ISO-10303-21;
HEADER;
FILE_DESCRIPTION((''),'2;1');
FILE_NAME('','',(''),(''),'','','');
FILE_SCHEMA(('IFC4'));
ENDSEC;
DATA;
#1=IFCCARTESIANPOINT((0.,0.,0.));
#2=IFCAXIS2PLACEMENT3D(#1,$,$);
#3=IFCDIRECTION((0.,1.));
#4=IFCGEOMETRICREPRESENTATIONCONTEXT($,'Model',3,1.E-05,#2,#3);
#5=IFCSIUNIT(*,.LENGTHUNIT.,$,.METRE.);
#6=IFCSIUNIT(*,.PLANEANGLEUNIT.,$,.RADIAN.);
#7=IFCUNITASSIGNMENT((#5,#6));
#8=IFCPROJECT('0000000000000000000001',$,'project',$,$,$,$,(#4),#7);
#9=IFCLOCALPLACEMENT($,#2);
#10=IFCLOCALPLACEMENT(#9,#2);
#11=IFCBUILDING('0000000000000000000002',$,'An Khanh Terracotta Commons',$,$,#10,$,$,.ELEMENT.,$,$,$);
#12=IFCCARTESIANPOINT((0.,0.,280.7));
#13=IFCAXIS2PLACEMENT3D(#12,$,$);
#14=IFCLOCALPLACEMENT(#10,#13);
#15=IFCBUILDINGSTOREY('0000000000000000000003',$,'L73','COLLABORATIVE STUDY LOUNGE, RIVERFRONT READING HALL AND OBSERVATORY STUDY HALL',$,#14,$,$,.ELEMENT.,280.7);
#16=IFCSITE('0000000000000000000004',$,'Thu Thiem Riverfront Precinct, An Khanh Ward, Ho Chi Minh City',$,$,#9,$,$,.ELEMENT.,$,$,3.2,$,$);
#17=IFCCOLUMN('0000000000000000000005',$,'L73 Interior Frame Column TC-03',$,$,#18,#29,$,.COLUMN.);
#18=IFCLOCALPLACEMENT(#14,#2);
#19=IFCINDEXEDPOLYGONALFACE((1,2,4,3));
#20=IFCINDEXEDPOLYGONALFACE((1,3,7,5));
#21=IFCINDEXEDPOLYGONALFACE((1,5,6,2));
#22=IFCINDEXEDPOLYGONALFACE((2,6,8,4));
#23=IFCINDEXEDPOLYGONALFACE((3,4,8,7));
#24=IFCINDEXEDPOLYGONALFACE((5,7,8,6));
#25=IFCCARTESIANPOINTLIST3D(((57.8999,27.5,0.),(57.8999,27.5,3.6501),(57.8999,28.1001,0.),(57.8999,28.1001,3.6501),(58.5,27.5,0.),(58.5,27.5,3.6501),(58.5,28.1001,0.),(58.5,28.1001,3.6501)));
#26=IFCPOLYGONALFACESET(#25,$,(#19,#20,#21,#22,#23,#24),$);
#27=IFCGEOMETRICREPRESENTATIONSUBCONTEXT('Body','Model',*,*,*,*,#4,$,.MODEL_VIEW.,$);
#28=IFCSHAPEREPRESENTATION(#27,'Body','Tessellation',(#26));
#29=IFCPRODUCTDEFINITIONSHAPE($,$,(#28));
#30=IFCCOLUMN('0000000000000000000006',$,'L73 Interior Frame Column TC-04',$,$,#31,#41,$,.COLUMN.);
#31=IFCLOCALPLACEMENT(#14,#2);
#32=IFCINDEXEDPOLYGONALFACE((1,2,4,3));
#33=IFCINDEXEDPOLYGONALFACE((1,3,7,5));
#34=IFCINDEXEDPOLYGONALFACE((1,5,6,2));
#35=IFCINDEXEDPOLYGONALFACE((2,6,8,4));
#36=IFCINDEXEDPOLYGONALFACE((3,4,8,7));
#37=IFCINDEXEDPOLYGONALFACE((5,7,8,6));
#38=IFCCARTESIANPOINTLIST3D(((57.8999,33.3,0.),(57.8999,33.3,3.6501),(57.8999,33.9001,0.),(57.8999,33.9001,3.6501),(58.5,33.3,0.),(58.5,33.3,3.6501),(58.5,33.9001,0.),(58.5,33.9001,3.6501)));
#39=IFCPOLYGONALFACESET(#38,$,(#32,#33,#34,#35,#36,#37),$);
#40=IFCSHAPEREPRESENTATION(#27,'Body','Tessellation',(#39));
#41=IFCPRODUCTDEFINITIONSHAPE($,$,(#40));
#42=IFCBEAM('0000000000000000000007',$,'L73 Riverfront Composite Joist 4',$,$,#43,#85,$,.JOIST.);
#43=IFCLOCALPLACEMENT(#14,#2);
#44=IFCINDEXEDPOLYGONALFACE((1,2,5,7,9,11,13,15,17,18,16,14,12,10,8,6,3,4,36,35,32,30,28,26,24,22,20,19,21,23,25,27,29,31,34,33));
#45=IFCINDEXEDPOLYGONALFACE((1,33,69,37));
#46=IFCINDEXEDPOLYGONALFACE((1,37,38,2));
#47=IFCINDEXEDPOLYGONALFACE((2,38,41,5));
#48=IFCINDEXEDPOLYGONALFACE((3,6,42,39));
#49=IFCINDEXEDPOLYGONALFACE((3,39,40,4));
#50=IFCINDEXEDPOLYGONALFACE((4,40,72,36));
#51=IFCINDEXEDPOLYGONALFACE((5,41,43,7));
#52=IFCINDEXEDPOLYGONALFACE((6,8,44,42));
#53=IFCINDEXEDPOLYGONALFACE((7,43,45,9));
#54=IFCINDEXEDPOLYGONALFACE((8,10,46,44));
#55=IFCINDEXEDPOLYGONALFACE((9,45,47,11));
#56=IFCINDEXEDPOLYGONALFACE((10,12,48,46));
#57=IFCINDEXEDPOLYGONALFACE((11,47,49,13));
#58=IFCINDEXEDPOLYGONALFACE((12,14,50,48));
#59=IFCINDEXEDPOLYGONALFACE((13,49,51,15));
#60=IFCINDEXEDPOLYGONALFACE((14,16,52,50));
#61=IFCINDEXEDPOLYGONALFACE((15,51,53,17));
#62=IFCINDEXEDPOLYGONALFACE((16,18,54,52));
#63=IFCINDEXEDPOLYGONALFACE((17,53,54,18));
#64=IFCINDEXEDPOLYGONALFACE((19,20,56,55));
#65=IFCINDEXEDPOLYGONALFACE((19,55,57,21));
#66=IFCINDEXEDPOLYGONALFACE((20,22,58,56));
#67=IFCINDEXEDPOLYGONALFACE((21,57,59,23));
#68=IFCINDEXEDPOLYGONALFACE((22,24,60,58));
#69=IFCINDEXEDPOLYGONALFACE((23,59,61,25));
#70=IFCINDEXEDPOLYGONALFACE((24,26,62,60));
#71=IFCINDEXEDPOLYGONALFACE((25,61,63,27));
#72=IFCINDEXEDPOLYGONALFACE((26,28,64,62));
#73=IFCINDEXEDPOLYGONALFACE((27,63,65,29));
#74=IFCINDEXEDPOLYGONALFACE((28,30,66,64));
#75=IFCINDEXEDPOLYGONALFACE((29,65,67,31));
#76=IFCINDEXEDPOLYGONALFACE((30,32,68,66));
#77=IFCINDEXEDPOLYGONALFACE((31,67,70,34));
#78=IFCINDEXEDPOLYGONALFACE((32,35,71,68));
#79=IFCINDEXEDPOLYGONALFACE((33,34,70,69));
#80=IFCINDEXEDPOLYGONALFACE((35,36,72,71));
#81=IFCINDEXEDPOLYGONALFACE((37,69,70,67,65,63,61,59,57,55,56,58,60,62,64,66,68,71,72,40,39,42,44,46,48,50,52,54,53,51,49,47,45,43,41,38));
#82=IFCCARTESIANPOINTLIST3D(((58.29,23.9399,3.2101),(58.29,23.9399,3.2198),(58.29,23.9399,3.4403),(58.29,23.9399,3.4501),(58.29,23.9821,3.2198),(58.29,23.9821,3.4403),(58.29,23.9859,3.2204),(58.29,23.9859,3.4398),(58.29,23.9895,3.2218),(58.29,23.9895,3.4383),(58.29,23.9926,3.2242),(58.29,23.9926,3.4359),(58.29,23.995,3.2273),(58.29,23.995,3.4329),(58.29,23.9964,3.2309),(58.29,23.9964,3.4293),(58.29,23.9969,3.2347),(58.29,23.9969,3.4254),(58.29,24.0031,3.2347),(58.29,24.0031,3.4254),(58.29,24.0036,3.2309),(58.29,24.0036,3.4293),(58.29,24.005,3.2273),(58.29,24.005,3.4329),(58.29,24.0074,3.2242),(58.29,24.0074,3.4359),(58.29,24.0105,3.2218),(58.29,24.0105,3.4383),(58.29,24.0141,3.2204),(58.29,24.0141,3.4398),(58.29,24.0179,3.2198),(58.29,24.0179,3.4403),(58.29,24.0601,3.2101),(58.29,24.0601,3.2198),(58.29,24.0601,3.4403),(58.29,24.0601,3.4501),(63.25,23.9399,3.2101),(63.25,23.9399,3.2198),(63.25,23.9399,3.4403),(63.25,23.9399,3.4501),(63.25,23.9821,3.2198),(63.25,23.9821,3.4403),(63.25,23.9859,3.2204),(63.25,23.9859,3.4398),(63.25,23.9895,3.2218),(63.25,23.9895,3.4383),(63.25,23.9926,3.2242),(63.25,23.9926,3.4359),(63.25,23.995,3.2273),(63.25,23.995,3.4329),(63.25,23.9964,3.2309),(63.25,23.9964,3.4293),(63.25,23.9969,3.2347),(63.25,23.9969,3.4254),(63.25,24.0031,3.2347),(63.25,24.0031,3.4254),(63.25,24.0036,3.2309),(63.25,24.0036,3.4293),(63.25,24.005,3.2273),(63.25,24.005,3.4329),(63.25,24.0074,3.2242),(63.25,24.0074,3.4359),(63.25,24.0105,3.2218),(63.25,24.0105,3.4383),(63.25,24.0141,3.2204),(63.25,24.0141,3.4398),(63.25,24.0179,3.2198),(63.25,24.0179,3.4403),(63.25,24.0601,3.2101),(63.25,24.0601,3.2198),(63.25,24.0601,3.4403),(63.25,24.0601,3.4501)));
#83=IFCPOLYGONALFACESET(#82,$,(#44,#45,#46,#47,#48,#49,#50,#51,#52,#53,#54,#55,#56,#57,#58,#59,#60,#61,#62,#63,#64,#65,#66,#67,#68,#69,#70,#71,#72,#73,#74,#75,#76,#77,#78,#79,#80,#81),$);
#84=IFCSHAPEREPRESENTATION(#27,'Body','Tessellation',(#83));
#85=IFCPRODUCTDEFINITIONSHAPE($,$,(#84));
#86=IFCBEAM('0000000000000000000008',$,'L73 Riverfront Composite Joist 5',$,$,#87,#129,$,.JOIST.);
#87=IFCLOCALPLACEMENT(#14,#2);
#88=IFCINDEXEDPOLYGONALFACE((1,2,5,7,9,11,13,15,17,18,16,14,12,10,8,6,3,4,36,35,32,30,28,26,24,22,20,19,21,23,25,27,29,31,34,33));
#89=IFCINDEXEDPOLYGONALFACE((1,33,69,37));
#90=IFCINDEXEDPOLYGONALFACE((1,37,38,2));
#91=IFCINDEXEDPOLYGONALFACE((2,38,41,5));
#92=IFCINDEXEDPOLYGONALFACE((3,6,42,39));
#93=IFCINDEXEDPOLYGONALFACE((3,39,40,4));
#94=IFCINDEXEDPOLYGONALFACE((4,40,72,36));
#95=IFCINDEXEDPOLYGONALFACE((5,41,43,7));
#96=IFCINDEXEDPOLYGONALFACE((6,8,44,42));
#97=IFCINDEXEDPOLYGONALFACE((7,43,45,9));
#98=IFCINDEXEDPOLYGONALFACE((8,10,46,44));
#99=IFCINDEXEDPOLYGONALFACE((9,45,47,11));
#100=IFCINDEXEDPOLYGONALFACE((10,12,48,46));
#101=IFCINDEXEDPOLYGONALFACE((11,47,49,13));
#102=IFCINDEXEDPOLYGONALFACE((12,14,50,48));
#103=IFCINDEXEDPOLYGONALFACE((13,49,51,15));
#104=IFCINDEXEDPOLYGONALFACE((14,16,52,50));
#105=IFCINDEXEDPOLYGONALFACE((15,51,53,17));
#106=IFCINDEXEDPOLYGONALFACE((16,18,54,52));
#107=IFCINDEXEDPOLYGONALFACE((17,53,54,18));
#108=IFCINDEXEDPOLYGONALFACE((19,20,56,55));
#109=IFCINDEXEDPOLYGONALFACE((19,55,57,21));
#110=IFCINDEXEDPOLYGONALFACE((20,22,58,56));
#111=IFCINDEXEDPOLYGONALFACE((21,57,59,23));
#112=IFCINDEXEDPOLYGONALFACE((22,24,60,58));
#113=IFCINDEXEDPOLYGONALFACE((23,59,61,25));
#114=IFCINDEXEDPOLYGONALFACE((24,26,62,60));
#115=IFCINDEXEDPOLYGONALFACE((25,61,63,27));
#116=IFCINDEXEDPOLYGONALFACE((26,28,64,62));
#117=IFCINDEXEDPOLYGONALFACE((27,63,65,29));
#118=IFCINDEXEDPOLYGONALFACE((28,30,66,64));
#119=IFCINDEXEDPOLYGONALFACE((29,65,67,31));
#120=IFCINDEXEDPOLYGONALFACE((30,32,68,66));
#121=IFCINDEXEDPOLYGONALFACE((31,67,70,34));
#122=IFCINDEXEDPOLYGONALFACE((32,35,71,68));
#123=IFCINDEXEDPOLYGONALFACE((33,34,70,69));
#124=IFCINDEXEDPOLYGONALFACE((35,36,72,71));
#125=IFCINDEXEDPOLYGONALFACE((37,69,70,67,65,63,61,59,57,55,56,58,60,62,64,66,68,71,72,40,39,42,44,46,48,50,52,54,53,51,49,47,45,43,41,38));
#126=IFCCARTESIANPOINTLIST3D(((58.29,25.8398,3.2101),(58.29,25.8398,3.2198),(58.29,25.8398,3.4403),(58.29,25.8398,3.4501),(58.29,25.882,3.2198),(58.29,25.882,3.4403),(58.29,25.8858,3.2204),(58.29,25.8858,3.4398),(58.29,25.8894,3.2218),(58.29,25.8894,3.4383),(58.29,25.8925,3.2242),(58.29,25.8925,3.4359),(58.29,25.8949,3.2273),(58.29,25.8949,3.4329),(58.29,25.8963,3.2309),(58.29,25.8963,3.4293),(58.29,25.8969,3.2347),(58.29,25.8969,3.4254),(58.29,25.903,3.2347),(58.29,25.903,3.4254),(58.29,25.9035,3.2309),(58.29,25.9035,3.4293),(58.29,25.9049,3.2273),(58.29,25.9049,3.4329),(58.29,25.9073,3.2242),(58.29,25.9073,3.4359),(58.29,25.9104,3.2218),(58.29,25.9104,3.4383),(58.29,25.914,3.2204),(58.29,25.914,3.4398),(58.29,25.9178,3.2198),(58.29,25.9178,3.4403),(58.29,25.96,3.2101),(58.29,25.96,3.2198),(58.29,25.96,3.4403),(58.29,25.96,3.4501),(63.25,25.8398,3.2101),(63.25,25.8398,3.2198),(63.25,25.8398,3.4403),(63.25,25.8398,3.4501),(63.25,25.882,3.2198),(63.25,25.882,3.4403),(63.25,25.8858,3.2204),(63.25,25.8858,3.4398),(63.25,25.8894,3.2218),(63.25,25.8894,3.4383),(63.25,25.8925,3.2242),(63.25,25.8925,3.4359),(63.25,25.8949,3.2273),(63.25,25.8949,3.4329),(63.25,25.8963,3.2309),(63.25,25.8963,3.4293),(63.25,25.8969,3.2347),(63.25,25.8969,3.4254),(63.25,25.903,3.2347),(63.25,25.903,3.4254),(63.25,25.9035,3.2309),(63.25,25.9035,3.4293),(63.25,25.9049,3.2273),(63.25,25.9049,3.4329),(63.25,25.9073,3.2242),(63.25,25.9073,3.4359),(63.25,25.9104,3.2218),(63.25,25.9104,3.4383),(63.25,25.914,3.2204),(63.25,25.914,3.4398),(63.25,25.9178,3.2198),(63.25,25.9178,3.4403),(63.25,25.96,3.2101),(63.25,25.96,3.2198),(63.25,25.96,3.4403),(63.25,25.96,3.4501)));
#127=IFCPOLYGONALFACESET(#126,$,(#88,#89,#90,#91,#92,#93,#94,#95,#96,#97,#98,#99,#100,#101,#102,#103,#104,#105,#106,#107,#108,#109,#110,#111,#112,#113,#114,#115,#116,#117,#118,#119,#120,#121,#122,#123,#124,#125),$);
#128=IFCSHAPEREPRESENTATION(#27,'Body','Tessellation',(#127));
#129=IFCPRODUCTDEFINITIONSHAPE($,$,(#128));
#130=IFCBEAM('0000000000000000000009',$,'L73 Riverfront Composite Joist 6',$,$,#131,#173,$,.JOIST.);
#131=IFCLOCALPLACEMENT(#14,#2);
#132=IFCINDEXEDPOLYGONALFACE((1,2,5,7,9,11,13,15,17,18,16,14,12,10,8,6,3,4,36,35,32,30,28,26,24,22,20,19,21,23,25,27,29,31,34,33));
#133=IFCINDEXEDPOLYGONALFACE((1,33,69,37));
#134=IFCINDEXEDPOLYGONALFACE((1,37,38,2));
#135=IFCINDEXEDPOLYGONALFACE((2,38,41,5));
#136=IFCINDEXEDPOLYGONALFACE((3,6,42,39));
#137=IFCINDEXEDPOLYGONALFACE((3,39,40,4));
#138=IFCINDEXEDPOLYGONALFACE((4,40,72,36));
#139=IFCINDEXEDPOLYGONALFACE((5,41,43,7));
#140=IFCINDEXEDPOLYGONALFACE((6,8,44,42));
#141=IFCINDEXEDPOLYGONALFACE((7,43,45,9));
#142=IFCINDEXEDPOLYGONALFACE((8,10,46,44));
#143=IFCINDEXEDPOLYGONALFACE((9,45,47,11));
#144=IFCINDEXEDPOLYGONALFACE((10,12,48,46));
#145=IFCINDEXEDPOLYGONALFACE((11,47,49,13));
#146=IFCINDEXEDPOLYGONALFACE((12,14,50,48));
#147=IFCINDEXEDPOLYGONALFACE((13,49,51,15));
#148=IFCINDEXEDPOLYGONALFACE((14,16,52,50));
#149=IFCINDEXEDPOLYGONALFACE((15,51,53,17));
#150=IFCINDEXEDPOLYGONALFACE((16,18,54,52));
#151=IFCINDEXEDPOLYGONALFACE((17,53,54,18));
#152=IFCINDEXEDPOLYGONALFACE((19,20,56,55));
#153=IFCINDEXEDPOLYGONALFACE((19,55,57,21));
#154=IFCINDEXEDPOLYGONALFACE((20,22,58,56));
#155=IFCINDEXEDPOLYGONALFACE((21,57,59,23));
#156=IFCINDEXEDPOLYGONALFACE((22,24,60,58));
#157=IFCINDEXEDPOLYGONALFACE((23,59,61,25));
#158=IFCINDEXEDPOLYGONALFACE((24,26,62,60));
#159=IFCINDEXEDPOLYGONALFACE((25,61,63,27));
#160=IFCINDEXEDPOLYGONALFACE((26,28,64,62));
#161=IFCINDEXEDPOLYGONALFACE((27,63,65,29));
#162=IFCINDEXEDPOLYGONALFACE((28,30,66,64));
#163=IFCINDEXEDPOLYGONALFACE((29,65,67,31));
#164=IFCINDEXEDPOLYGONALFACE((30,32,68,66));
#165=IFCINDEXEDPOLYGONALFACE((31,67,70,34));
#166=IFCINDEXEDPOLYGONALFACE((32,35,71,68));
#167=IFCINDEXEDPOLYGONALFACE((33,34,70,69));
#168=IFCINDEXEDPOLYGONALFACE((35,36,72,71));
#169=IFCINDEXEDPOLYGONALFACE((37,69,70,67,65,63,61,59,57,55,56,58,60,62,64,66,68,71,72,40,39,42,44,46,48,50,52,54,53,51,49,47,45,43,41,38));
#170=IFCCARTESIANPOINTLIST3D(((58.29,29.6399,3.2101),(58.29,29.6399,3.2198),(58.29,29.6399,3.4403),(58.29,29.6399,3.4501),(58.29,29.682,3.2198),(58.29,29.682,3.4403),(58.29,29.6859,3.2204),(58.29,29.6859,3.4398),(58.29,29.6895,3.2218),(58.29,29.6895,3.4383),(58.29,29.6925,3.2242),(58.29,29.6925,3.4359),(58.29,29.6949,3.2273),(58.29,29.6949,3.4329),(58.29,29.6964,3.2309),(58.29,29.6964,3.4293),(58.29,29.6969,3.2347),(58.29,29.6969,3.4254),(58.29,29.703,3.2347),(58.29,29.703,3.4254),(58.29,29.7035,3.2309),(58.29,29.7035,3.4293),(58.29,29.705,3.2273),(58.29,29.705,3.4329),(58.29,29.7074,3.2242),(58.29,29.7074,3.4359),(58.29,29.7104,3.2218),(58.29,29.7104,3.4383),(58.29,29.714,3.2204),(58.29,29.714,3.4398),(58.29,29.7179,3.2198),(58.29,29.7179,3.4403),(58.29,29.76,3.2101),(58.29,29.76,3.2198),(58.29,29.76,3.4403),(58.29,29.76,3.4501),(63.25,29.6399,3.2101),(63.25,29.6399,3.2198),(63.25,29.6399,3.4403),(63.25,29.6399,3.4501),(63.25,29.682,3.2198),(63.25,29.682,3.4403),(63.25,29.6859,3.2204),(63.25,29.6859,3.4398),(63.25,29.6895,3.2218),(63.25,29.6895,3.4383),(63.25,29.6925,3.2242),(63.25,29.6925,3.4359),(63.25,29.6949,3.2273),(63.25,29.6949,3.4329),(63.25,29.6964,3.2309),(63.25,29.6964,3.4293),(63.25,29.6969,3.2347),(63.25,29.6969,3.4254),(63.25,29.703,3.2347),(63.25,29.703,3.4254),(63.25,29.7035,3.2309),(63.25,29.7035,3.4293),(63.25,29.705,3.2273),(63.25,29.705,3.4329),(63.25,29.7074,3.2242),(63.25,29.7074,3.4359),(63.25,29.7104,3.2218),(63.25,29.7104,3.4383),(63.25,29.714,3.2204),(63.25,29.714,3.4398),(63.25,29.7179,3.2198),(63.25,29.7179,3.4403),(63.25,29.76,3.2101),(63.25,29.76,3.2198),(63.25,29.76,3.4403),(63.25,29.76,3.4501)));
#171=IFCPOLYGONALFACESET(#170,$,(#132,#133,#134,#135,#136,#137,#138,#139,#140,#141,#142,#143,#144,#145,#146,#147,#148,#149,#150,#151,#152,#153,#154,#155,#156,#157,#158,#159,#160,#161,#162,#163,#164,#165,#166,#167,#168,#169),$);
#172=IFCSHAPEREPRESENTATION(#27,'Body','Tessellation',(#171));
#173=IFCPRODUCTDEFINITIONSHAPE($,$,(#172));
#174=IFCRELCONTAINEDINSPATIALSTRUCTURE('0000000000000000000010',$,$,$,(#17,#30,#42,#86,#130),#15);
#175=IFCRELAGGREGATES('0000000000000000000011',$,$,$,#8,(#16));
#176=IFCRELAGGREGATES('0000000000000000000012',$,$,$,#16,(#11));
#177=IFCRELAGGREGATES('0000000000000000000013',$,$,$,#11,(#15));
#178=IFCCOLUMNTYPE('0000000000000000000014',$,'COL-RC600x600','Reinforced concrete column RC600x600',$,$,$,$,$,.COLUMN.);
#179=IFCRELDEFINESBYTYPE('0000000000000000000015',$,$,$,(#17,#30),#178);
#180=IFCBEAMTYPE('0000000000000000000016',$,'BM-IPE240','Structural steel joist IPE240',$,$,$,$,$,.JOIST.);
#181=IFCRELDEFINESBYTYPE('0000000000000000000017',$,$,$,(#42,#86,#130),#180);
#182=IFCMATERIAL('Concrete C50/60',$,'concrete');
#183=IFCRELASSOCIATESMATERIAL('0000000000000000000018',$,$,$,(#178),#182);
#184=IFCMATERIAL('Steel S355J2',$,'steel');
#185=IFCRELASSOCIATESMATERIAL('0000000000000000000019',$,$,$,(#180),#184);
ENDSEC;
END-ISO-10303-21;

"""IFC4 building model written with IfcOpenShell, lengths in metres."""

from ifc_helpers import new_model, si_unit, direction, frame, origin, origin_2d, place, context, subcontext, project, spatial, rectangle, i_section, extrude, material, material_profile, profile_set, type_object, element, save


model = new_model("IFC4")

# Units and contexts
model_context = context("Model", 3, precision=1e-05, world=origin(), true_north=direction((0.0, 1.0)))
body_context = subcontext(model_context, "Body", "Model", "MODEL_VIEW")
ifc_project = project(units=[si_unit("LENGTHUNIT", "METRE"), si_unit("PLANEANGLEUNIT", "RADIAN")], contexts=[model_context])

# Site, building, storey
site_placement = place(None, origin())
site = spatial("IfcSite", under=ifc_project, at=site_placement, Name="Thu Thiem Riverfront Precinct, An Khanh Ward, Ho Chi Minh City", CompositionType="ELEMENT", RefElevation=3.2)
building_placement = place(site_placement, origin())
building = spatial("IfcBuilding", under=site, at=building_placement, Name="An Khanh Terracotta Commons", CompositionType="ELEMENT")
storey_placement = place(building_placement, frame((0.0, 0.0, 280.7)))
storey = spatial("IfcBuildingStorey", under=building, at=storey_placement, Name="L73", Description="COLLABORATIVE STUDY LOUNGE, RIVERFRONT READING HALL AND OBSERVATORY STUDY HALL", CompositionType="ELEMENT", Elevation=280.7)

# Columns
ifc_material_1 = material(Name="Concrete C50/60", Category="concrete")
ifc_material_profile_1 = material_profile(ifc_material_1, rectangle(XDim=0.6001, YDim=0.6001, at=origin_2d()), Name="RC600x600")
ifc_profile_set_1 = profile_set([ifc_material_profile_1], Name="Concrete C50/60")
column_type = type_object("IfcColumnType", Name="COL-RC600x600", Description="Reinforced concrete column RC600x600", PredefinedType="COLUMN", material=ifc_profile_set_1)
for number, where, z_axis, x_axis, name in (
    (1, (58.2, 27.8, 0.0), (0.0, 0.0, 1.0), (1.0, 0.0, 0.0), "L73 Interior Frame Column TC-03"),
    (2, (58.2, 33.6001, 0.0), (0.0, 0.0, 1.0), (1.0, 0.0, 0.0), "L73 Interior Frame Column TC-04"),
):
    element("IfcColumn", number, at=place(storey_placement, frame(where, z_axis=z_axis, x_axis=x_axis)), inside=storey, type_object=column_type, Name=name, PredefinedType="COLUMN", context=body_context, shape_type="SweptSolid", body=[
        extrude(rectangle(XDim=0.6001, YDim=0.6001, at=origin_2d()), origin(), (0.0, 0.0, 1.0), 3.6501),
    ])

# Beams
ifc_material_2 = material(Name="Steel S355J2", Category="steel")
ifc_material_profile_2 = material_profile(ifc_material_2, i_section(OverallWidth=0.1201, OverallDepth=0.24, WebThickness=0.0061, FlangeThickness=0.0098, FilletRadius=0.0149, at=origin_2d()), Name="IPE240")
ifc_profile_set_2 = profile_set([ifc_material_profile_2], Name="Steel S355J2")
beam_type_1 = type_object("IfcBeamType", Name="BM-IPE240", Description="Structural steel joist IPE240", PredefinedType="JOIST", material=ifc_profile_set_2)
for number, where, z_axis, x_axis, name in (
    (3, (58.29, 24.0, 3.3301), (1.0, 0.0, 0.0), (0.0, 1.0, 0.0), "L73 Riverfront Composite Joist 4"),
    (4, (58.29, 25.8999, 3.3301), (1.0, 0.0, 0.0), (0.0, 1.0, 0.0), "L73 Riverfront Composite Joist 5"),
    (5, (58.29, 29.7, 3.3301), (1.0, 0.0, 0.0), (0.0, 1.0, 0.0), "L73 Riverfront Composite Joist 6"),
):
    element("IfcBeam", number, at=place(storey_placement, frame(where, z_axis=z_axis, x_axis=x_axis)), inside=storey, type_object=beam_type_1, Name=name, PredefinedType="JOIST", context=body_context, shape_type="SweptSolid", body=[
        extrude(i_section(OverallWidth=0.1201, OverallDepth=0.24, WebThickness=0.0061, FlangeThickness=0.0098, FilletRadius=0.0149, at=origin_2d()), origin(), (0.0, 0.0, 1.0), 4.96),
    ])

save(model, "model.ifc")
